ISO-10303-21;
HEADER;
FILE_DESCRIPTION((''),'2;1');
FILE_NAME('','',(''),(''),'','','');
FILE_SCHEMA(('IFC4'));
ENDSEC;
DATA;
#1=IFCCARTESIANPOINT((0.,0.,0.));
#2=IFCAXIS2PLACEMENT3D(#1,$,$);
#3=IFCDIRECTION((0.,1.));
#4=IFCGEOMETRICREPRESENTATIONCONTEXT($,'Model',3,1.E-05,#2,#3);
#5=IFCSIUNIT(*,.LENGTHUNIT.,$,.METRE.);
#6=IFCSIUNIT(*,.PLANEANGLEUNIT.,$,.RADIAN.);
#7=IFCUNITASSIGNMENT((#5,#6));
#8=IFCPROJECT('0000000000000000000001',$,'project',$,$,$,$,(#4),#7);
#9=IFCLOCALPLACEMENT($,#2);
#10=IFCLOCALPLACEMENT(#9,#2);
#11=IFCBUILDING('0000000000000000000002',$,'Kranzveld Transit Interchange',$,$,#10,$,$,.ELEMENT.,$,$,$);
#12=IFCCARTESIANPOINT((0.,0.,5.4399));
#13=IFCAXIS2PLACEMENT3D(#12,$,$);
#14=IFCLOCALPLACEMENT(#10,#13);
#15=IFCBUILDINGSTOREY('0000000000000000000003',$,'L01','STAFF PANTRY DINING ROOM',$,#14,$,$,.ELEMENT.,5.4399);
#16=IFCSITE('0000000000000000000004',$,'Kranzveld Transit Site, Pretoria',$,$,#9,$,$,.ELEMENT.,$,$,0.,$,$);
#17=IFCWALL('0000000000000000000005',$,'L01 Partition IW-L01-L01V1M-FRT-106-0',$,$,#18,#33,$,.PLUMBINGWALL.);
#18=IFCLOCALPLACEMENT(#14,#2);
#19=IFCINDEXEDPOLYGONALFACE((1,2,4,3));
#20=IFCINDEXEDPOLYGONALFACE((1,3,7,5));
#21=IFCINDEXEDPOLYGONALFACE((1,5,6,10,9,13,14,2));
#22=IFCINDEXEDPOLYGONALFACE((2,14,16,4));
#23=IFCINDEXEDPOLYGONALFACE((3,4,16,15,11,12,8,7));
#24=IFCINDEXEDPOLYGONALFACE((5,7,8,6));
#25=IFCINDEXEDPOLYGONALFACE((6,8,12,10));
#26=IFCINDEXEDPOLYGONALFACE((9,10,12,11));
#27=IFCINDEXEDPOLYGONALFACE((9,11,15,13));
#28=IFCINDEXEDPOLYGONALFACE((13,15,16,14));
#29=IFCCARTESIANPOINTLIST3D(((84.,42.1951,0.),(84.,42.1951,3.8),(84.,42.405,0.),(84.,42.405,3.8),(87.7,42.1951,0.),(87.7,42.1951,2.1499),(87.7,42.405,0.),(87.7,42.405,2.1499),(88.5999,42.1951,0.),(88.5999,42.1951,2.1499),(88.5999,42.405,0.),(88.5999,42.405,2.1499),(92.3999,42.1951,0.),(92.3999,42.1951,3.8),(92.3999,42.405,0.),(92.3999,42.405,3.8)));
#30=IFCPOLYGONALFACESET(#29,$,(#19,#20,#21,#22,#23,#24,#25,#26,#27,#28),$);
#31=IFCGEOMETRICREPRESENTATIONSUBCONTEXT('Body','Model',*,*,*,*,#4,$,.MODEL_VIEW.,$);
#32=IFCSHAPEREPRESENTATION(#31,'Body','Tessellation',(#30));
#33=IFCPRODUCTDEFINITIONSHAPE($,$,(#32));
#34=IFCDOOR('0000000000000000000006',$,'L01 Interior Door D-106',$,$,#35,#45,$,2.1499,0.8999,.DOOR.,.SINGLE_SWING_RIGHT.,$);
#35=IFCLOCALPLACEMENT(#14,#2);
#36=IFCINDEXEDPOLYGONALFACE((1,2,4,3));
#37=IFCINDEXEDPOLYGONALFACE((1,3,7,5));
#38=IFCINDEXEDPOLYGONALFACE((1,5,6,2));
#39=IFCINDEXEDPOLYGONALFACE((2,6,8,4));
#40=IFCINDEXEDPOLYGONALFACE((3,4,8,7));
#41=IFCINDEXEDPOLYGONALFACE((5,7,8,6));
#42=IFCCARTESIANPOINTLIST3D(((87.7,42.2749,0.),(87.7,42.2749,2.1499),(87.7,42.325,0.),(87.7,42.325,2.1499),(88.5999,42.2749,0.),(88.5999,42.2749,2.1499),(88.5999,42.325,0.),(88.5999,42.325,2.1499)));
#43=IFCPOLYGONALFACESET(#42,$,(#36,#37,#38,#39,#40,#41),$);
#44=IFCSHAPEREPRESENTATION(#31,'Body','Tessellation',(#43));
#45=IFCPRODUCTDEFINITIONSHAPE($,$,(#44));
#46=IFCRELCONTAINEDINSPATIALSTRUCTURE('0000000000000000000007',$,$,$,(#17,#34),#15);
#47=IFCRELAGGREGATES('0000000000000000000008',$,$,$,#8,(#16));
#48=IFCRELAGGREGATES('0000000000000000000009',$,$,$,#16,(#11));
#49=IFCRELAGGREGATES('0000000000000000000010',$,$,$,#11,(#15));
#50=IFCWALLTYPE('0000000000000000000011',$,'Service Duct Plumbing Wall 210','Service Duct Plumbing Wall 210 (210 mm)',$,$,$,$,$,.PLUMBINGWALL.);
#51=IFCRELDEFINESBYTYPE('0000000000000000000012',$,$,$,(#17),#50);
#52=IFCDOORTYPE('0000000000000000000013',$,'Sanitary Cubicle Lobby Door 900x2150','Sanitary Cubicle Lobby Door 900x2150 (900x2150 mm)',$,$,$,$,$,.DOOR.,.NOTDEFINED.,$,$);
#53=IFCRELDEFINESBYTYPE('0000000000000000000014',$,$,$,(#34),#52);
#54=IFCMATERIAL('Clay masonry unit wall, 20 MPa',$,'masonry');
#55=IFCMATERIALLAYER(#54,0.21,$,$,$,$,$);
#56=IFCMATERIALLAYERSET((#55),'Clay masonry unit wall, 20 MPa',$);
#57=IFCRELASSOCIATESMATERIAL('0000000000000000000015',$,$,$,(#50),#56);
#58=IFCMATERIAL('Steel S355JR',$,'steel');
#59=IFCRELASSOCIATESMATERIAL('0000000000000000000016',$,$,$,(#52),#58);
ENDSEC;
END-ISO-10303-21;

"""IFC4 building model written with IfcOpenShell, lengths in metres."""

from ifc_helpers import new_model, si_unit, direction, frame, frame_2d, origin, place, context, subcontext, project, spatial, rectangle, extrude, material, layer, layer_set, type_object, element, fill, save


model = new_model("IFC4")

# Units and contexts
model_context = context("Model", 3, precision=1e-05, world=origin(), true_north=direction((0.0, 1.0)))
body_context = subcontext(model_context, "Body", "Model", "MODEL_VIEW")
ifc_project = project(units=[si_unit("LENGTHUNIT", "METRE"), si_unit("PLANEANGLEUNIT", "RADIAN")], contexts=[model_context])

# Site, building, storey
site_placement = place(None, origin())
site = spatial("IfcSite", under=ifc_project, at=site_placement, Name="Kranzveld Transit Site, Pretoria", CompositionType="ELEMENT", RefElevation=0.0)
building_placement = place(site_placement, origin())
building = spatial("IfcBuilding", under=site, at=building_placement, Name="Kranzveld Transit Interchange", CompositionType="ELEMENT")
storey_placement = place(building_placement, frame((0.0, 0.0, 5.4399)))
storey = spatial("IfcBuildingStorey", under=building, at=storey_placement, Name="L01", Description="STAFF PANTRY DINING ROOM", CompositionType="ELEMENT", Elevation=5.4399)

# Wall, opening, door
ifc_material_1 = material(Name="Clay masonry unit wall, 20 MPa", Category="masonry")
ifc_layer_1 = layer(ifc_material_1, 0.21)
ifc_layer_set_1 = layer_set([ifc_layer_1], Name="Clay masonry unit wall, 20 MPa")
wall_type_1 = type_object("IfcWallType", Name="Service Duct Plumbing Wall 210", Description="Service Duct Plumbing Wall 210 (210 mm)", PredefinedType="PLUMBINGWALL", material=ifc_layer_set_1)
wall_1_placement = place(storey_placement, frame((84.0, 42.3, 0.0), z_axis=(0.0, 0.0, 1.0), x_axis=(1.0, 0.0, 0.0)))
wall_1 = element("IfcWall", 1, at=wall_1_placement, inside=storey, type_object=wall_type_1, Name="L01 Partition IW-L01-L01V1M-FRT-106-0", PredefinedType="PLUMBINGWALL", context=body_context, shape_type="SweptSolid", body=[
    extrude(rectangle(XDim=8.3999, YDim=0.21, at=frame_2d((4.2, 0.0))), origin(), (0.0, 0.0, 1.0), 3.8),
])
opening_1_placement = place(wall_1_placement, frame((3.7, 0.0, 0.0), z_axis=(0.0, 0.0, 1.0), x_axis=(1.0, 0.0, 0.0)))
opening_1 = element("IfcOpeningElement", 2, at=opening_1_placement, cuts=wall_1, PredefinedType="OPENING", context=body_context, shape_type="SweptSolid", body=[
    extrude(rectangle(XDim=0.8999, YDim=2.1499, at=frame_2d((0.45, 1.075))), frame((0.0, 0.115, 0.0), z_axis=(0.0, -1.0, 0.0), x_axis=(1.0, 0.0, 0.0)), (0.0, 0.0, 1.0), 0.23),
])
ifc_material_2 = material(Name="Steel S355JR", Category="steel")
door_type_1 = type_object("IfcDoorType", Name="Sanitary Cubicle Lobby Door 900x2150", Description="Sanitary Cubicle Lobby Door 900x2150 (900x2150 mm)", OperationType="NOTDEFINED", PredefinedType="DOOR", material=ifc_material_2)
door_1_placement = place(opening_1_placement, origin())
door_1 = element("IfcDoor", 3, at=door_1_placement, inside=storey, type_object=door_type_1, Name="L01 Interior Door D-106", OperationType="SINGLE_SWING_RIGHT", OverallHeight=2.1499, OverallWidth=0.8999, PredefinedType="DOOR", context=body_context, shape_type="SweptSolid", body=[
    extrude(rectangle(XDim=0.8999, YDim=2.1499, at=frame_2d((0.45, 1.075))), frame((0.0, 0.0249, 0.0), z_axis=(0.0, -1.0, 0.0), x_axis=(1.0, 0.0, 0.0)), (0.0, 0.0, 1.0), 0.05),
])
fill(opening_1, door_1)

save(model, "model.ifc")
